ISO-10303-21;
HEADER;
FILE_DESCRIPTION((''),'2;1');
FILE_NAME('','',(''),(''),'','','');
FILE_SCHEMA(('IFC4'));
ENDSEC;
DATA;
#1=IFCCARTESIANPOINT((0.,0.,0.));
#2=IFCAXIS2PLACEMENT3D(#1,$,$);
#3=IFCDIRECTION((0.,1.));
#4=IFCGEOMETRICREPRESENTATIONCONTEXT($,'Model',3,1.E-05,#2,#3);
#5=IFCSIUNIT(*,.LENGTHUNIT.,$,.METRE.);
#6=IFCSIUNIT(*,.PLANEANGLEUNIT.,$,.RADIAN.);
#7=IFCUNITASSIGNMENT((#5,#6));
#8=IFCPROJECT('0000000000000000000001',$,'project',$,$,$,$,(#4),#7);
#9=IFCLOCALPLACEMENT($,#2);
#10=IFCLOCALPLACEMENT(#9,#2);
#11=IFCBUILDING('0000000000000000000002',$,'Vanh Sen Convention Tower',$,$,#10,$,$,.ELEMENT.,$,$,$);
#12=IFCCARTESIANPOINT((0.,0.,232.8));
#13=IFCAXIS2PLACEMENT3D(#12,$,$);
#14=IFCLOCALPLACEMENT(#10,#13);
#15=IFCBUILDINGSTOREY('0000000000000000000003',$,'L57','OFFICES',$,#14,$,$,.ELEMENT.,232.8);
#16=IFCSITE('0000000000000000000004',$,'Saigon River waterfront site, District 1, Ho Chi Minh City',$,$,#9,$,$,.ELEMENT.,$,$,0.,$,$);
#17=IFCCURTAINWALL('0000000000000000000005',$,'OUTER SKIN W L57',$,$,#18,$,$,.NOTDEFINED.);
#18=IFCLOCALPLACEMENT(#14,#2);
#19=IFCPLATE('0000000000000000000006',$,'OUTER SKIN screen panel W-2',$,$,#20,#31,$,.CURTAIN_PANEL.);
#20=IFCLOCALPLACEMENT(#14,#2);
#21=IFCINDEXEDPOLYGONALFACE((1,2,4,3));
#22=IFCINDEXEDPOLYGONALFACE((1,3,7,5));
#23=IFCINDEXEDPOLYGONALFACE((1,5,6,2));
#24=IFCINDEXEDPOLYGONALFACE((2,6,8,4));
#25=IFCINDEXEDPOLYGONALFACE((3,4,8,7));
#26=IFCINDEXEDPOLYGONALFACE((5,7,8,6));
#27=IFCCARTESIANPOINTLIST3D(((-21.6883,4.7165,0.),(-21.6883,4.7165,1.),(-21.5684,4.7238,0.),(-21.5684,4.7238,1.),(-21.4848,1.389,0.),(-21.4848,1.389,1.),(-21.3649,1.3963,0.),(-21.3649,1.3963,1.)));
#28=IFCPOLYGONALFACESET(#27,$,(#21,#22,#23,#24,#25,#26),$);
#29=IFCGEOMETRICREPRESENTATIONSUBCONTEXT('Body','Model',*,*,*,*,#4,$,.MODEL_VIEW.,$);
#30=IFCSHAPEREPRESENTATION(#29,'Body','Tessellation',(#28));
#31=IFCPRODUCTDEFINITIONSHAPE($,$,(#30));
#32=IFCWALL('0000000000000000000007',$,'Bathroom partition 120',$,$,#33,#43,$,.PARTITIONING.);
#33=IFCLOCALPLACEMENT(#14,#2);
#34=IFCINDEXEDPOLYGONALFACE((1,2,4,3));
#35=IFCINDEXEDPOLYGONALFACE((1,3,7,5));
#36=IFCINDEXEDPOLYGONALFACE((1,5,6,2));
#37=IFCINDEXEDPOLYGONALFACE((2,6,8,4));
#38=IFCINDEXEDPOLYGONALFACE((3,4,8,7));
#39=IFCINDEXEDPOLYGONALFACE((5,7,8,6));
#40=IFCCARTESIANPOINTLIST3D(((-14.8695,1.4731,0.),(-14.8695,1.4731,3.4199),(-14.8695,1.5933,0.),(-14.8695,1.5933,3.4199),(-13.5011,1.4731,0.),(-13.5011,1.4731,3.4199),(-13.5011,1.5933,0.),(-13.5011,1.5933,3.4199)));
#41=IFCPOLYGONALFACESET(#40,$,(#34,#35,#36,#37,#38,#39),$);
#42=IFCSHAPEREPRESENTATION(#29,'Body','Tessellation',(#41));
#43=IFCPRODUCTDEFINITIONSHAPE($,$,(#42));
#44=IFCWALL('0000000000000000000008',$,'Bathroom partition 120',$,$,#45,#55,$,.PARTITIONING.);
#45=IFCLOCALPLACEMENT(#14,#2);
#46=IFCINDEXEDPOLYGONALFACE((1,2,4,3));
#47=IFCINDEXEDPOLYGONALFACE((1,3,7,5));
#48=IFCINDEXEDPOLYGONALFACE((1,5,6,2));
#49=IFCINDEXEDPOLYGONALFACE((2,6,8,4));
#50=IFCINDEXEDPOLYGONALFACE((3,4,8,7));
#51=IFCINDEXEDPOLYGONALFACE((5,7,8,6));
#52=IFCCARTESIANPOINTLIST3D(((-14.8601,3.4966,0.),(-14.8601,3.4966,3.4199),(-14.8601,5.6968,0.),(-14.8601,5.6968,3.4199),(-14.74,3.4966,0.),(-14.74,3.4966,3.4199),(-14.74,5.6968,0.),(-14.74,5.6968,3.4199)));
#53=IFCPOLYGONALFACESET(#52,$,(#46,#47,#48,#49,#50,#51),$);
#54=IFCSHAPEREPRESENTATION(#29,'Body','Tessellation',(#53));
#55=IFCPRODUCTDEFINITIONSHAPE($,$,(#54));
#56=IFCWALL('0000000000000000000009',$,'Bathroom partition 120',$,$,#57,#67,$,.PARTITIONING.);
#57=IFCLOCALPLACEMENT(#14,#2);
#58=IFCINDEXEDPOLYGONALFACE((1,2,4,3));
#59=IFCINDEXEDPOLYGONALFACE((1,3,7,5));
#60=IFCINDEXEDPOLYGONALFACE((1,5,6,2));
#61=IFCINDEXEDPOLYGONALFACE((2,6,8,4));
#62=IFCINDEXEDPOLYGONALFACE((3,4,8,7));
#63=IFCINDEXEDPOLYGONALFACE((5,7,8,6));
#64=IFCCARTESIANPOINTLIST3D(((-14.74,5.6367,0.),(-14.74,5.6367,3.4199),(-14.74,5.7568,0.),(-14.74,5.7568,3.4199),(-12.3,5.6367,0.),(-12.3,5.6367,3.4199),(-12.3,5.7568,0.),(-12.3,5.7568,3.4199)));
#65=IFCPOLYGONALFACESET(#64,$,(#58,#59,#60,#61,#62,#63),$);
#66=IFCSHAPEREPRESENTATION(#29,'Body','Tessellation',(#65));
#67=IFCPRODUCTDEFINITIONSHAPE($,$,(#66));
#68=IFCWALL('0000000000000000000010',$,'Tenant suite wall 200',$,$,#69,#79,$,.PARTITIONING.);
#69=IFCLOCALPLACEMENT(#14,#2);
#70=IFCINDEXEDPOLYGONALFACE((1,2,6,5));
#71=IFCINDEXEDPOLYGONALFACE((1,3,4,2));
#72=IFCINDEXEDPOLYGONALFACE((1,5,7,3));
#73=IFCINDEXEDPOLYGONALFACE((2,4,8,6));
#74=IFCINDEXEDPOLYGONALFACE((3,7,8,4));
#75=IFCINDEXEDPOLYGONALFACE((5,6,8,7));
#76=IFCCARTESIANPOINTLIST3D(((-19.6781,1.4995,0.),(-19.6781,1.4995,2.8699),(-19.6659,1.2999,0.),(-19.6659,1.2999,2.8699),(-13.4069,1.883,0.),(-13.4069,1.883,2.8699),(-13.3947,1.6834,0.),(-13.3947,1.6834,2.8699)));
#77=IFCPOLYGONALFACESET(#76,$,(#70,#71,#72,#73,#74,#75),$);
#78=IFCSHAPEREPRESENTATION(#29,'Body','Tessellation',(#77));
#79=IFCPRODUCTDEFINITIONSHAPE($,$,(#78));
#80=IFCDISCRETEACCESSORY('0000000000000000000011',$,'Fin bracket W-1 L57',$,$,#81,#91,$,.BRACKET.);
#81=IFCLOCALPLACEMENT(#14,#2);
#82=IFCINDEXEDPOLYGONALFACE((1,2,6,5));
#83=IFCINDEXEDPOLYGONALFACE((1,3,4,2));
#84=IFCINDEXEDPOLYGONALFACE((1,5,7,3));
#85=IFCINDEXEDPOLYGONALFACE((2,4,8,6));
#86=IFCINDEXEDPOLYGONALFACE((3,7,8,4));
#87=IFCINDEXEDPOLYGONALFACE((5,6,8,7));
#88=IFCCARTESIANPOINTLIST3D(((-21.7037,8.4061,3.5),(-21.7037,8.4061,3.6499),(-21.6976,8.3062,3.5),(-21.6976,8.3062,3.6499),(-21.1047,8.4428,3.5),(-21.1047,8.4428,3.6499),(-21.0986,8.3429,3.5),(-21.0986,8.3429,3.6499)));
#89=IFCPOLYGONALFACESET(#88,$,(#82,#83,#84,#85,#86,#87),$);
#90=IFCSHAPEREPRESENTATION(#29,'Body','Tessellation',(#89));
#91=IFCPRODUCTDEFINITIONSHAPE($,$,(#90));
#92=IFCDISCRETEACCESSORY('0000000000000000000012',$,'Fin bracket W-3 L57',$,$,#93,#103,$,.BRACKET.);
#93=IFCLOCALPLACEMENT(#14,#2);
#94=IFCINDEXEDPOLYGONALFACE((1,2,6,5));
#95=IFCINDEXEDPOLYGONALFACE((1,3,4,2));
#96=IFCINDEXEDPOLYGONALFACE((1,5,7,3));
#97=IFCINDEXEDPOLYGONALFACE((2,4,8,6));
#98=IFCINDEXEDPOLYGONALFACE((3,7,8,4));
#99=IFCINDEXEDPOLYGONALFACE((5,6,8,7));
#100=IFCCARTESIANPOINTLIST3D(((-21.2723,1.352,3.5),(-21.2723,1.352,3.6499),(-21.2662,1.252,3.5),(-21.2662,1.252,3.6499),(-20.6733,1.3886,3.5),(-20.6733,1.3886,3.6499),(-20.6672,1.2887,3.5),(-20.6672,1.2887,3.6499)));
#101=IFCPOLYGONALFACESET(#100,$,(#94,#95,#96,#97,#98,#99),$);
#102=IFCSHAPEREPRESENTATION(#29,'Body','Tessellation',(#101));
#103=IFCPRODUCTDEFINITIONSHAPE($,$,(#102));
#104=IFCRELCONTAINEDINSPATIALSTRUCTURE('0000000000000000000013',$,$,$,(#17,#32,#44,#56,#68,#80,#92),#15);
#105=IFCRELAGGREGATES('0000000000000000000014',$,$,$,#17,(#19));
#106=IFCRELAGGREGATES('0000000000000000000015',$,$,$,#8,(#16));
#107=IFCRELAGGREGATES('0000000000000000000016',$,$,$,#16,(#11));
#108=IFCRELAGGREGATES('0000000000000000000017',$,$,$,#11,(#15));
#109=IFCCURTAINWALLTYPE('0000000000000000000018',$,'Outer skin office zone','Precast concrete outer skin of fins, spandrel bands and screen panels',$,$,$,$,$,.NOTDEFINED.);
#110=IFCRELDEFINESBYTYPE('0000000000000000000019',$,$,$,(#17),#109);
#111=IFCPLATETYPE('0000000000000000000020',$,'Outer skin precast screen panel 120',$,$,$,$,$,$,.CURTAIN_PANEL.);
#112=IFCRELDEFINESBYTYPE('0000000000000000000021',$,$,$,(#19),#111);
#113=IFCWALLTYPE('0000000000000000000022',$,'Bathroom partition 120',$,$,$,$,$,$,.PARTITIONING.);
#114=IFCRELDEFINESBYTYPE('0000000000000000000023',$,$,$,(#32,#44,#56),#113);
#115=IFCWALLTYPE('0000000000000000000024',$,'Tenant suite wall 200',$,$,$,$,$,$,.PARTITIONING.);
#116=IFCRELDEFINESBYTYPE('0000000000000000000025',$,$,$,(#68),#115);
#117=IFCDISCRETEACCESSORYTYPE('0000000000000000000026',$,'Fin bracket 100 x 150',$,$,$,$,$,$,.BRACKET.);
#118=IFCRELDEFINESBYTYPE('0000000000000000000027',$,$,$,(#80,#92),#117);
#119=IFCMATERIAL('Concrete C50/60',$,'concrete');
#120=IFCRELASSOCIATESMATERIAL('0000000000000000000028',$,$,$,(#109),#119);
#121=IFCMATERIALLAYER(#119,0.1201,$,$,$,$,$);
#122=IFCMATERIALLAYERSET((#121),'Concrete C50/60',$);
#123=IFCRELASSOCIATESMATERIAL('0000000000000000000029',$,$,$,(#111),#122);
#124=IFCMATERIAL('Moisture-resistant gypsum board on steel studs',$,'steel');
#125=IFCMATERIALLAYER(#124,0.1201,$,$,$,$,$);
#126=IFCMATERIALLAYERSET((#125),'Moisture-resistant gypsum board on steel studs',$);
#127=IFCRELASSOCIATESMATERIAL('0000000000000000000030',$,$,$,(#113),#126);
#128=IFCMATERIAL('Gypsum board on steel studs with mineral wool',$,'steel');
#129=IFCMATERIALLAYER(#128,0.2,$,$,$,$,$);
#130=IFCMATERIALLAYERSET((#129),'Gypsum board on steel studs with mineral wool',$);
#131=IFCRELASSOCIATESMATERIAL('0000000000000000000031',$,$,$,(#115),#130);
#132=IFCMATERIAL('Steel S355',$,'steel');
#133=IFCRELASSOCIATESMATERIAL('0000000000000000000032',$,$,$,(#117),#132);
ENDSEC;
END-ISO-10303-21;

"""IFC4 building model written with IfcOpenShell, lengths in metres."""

from ifc_helpers import new_model, si_unit, direction, frame, frame_2d, origin, origin_2d, place, context, subcontext, project, spatial, rectangle, extrude, material, layer, layer_set, type_object, element, aggregate, save


model = new_model("IFC4")

# Units and contexts
model_context = context("Model", 3, precision=1e-05, world=origin(), true_north=direction((0.0, 1.0)))
body_context = subcontext(model_context, "Body", "Model", "MODEL_VIEW")
ifc_project = project(units=[si_unit("LENGTHUNIT", "METRE"), si_unit("PLANEANGLEUNIT", "RADIAN")], contexts=[model_context])

# Site, building, storey
site_placement = place(None, origin())
site = spatial("IfcSite", under=ifc_project, at=site_placement, Name="Saigon River waterfront site, District 1, Ho Chi Minh City", CompositionType="ELEMENT", RefElevation=0.0)
building_placement = place(site_placement, origin())
building = spatial("IfcBuilding", under=site, at=building_placement, Name="Vanh Sen Convention Tower", CompositionType="ELEMENT")
storey_placement = place(building_placement, frame((0.0, 0.0, 232.8)))
storey = spatial("IfcBuildingStorey", under=building, at=storey_placement, Name="L57", Description="OFFICES", CompositionType="ELEMENT", Elevation=232.8)

# Curtain wall
ifc_material_1 = material(Name="Concrete C50/60", Category="concrete")
curtain_wall_type = type_object("IfcCurtainWallType", Name="Outer skin office zone", Description="Precast concrete outer skin of fins, spandrel bands and screen panels", PredefinedType="NOTDEFINED", material=ifc_material_1)
curtain_wall_placement = place(storey_placement, origin())
curtain_wall = element("IfcCurtainWall", 1, at=curtain_wall_placement, inside=storey, type_object=curtain_wall_type, Name="OUTER SKIN W L57", PredefinedType="NOTDEFINED")

# Plate
ifc_layer_1 = layer(ifc_material_1, 0.1201)
ifc_layer_set_1 = layer_set([ifc_layer_1], Name="Concrete C50/60")
plate_type = type_object("IfcPlateType", Name="Outer skin precast screen panel 120", PredefinedType="CURTAIN_PANEL", material=ifc_layer_set_1)
plate_1_placement = place(storey_placement, frame((-21.5266, 3.0564, 0.0), z_axis=(0.0, 0.0, 1.0), x_axis=(0.061042, -0.998135, 0.0)))
plate_1 = element("IfcPlate", 2, at=plate_1_placement, type_object=plate_type, Name="OUTER SKIN screen panel W-2", PredefinedType="CURTAIN_PANEL", context=body_context, shape_type="SweptSolid", body=[
    extrude(rectangle(XDim=3.3337, YDim=0.1201, at=origin_2d()), origin(), (0.0, 0.0, 1.0), 1.0),
])
aggregate(curtain_wall, [plate_1])

# Walls
ifc_material_2 = material(Name="Moisture-resistant gypsum board on steel studs", Category="steel")
ifc_layer_2 = layer(ifc_material_2, 0.1201)
ifc_layer_set_2 = layer_set([ifc_layer_2], Name="Moisture-resistant gypsum board on steel studs")
wall_type_1 = type_object("IfcWallType", Name="Bathroom partition 120", PredefinedType="PARTITIONING", material=ifc_layer_set_2)
wall_1_placement = place(storey_placement, frame((-14.8694, 1.5332, 0.0), z_axis=(0.0, 0.0, 1.0), x_axis=(1.0, 0.0, 0.0)))
element("IfcWall", 3, at=wall_1_placement, inside=storey, type_object=wall_type_1, Name="Bathroom partition 120", PredefinedType="PARTITIONING", context=body_context, shape_type="SweptSolid", body=[
    extrude(rectangle(XDim=1.3684, YDim=0.1201, at=frame_2d((0.6841, 0.0))), origin(), (0.0, 0.0, 1.0), 3.4199),
])
wall_2_placement = place(storey_placement, frame((-14.8, 3.4966, 0.0), z_axis=(0.0, 0.0, 1.0), x_axis=(0.0, 1.0, 0.0)))
element("IfcWall", 4, at=wall_2_placement, inside=storey, type_object=wall_type_1, Name="Bathroom partition 120", PredefinedType="PARTITIONING", context=body_context, shape_type="SweptSolid", body=[
    extrude(rectangle(XDim=2.2002, YDim=0.1201, at=frame_2d((1.1001, 0.0))), origin(), (0.0, 0.0, 1.0), 3.4199),
])
wall_3_placement = place(storey_placement, frame((-14.74, 5.6968, 0.0), z_axis=(0.0, 0.0, 1.0), x_axis=(1.0, 0.0, 0.0)))
element("IfcWall", 5, at=wall_3_placement, inside=storey, type_object=wall_type_1, Name="Bathroom partition 120", PredefinedType="PARTITIONING", context=body_context, shape_type="SweptSolid", body=[
    extrude(rectangle(XDim=2.4399, YDim=0.1201, at=frame_2d((1.22, 0.0))), origin(), (0.0, 0.0, 1.0), 3.4199),
])
ifc_material_3 = material(Name="Gypsum board on steel studs with mineral wool", Category="steel")
ifc_layer_3 = layer(ifc_material_3, 0.2)
ifc_layer_set_3 = layer_set([ifc_layer_3], Name="Gypsum board on steel studs with mineral wool")
wall_type_2 = type_object("IfcWallType", Name="Tenant suite wall 200", PredefinedType="PARTITIONING", material=ifc_layer_set_3)
wall_4_placement = place(storey_placement, frame((-19.6721, 1.3997, 0.0), z_axis=(0.0, 0.0, 1.0), x_axis=(0.998135, 0.061045, 0.0)))
element("IfcWall", 6, at=wall_4_placement, inside=storey, type_object=wall_type_2, Name="Tenant suite wall 200", PredefinedType="PARTITIONING", context=body_context, shape_type="SweptSolid", body=[
    extrude(rectangle(XDim=6.283, YDim=0.2, at=frame_2d((3.1416, 0.0))), origin(), (0.0, 0.0, 1.0), 2.8699),
])

# Discrete accessories
ifc_material_4 = material(Name="Steel S355", Category="steel")
discrete_accessory_type = type_object("IfcDiscreteAccessoryType", Name="Fin bracket 100 x 150", PredefinedType="BRACKET", material=ifc_material_4)
for number, where, z_axis, x_axis, name in (
    (7, (-21.4011, 8.3745, 3.5), (0.0, 0.0, 1.0), (-0.998135, -0.061049, 0.0), "Fin bracket W-1 L57"),
    (8, (-20.9697, 1.3203, 3.5), (0.0, 0.0, 1.0), (-0.998135, -0.061049, 0.0), "Fin bracket W-3 L57"),
):
    element("IfcDiscreteAccessory", number, at=place(storey_placement, frame(where, z_axis=z_axis, x_axis=x_axis)), inside=storey, type_object=discrete_accessory_type, Name=name, PredefinedType="BRACKET", context=body_context, shape_type="SweptSolid", body=[
        extrude(rectangle(XDim=0.6001, YDim=0.1001, at=origin_2d()), origin(), (0.0, 0.0, 1.0), 0.1499),
    ])

save(model, "model.ifc")
